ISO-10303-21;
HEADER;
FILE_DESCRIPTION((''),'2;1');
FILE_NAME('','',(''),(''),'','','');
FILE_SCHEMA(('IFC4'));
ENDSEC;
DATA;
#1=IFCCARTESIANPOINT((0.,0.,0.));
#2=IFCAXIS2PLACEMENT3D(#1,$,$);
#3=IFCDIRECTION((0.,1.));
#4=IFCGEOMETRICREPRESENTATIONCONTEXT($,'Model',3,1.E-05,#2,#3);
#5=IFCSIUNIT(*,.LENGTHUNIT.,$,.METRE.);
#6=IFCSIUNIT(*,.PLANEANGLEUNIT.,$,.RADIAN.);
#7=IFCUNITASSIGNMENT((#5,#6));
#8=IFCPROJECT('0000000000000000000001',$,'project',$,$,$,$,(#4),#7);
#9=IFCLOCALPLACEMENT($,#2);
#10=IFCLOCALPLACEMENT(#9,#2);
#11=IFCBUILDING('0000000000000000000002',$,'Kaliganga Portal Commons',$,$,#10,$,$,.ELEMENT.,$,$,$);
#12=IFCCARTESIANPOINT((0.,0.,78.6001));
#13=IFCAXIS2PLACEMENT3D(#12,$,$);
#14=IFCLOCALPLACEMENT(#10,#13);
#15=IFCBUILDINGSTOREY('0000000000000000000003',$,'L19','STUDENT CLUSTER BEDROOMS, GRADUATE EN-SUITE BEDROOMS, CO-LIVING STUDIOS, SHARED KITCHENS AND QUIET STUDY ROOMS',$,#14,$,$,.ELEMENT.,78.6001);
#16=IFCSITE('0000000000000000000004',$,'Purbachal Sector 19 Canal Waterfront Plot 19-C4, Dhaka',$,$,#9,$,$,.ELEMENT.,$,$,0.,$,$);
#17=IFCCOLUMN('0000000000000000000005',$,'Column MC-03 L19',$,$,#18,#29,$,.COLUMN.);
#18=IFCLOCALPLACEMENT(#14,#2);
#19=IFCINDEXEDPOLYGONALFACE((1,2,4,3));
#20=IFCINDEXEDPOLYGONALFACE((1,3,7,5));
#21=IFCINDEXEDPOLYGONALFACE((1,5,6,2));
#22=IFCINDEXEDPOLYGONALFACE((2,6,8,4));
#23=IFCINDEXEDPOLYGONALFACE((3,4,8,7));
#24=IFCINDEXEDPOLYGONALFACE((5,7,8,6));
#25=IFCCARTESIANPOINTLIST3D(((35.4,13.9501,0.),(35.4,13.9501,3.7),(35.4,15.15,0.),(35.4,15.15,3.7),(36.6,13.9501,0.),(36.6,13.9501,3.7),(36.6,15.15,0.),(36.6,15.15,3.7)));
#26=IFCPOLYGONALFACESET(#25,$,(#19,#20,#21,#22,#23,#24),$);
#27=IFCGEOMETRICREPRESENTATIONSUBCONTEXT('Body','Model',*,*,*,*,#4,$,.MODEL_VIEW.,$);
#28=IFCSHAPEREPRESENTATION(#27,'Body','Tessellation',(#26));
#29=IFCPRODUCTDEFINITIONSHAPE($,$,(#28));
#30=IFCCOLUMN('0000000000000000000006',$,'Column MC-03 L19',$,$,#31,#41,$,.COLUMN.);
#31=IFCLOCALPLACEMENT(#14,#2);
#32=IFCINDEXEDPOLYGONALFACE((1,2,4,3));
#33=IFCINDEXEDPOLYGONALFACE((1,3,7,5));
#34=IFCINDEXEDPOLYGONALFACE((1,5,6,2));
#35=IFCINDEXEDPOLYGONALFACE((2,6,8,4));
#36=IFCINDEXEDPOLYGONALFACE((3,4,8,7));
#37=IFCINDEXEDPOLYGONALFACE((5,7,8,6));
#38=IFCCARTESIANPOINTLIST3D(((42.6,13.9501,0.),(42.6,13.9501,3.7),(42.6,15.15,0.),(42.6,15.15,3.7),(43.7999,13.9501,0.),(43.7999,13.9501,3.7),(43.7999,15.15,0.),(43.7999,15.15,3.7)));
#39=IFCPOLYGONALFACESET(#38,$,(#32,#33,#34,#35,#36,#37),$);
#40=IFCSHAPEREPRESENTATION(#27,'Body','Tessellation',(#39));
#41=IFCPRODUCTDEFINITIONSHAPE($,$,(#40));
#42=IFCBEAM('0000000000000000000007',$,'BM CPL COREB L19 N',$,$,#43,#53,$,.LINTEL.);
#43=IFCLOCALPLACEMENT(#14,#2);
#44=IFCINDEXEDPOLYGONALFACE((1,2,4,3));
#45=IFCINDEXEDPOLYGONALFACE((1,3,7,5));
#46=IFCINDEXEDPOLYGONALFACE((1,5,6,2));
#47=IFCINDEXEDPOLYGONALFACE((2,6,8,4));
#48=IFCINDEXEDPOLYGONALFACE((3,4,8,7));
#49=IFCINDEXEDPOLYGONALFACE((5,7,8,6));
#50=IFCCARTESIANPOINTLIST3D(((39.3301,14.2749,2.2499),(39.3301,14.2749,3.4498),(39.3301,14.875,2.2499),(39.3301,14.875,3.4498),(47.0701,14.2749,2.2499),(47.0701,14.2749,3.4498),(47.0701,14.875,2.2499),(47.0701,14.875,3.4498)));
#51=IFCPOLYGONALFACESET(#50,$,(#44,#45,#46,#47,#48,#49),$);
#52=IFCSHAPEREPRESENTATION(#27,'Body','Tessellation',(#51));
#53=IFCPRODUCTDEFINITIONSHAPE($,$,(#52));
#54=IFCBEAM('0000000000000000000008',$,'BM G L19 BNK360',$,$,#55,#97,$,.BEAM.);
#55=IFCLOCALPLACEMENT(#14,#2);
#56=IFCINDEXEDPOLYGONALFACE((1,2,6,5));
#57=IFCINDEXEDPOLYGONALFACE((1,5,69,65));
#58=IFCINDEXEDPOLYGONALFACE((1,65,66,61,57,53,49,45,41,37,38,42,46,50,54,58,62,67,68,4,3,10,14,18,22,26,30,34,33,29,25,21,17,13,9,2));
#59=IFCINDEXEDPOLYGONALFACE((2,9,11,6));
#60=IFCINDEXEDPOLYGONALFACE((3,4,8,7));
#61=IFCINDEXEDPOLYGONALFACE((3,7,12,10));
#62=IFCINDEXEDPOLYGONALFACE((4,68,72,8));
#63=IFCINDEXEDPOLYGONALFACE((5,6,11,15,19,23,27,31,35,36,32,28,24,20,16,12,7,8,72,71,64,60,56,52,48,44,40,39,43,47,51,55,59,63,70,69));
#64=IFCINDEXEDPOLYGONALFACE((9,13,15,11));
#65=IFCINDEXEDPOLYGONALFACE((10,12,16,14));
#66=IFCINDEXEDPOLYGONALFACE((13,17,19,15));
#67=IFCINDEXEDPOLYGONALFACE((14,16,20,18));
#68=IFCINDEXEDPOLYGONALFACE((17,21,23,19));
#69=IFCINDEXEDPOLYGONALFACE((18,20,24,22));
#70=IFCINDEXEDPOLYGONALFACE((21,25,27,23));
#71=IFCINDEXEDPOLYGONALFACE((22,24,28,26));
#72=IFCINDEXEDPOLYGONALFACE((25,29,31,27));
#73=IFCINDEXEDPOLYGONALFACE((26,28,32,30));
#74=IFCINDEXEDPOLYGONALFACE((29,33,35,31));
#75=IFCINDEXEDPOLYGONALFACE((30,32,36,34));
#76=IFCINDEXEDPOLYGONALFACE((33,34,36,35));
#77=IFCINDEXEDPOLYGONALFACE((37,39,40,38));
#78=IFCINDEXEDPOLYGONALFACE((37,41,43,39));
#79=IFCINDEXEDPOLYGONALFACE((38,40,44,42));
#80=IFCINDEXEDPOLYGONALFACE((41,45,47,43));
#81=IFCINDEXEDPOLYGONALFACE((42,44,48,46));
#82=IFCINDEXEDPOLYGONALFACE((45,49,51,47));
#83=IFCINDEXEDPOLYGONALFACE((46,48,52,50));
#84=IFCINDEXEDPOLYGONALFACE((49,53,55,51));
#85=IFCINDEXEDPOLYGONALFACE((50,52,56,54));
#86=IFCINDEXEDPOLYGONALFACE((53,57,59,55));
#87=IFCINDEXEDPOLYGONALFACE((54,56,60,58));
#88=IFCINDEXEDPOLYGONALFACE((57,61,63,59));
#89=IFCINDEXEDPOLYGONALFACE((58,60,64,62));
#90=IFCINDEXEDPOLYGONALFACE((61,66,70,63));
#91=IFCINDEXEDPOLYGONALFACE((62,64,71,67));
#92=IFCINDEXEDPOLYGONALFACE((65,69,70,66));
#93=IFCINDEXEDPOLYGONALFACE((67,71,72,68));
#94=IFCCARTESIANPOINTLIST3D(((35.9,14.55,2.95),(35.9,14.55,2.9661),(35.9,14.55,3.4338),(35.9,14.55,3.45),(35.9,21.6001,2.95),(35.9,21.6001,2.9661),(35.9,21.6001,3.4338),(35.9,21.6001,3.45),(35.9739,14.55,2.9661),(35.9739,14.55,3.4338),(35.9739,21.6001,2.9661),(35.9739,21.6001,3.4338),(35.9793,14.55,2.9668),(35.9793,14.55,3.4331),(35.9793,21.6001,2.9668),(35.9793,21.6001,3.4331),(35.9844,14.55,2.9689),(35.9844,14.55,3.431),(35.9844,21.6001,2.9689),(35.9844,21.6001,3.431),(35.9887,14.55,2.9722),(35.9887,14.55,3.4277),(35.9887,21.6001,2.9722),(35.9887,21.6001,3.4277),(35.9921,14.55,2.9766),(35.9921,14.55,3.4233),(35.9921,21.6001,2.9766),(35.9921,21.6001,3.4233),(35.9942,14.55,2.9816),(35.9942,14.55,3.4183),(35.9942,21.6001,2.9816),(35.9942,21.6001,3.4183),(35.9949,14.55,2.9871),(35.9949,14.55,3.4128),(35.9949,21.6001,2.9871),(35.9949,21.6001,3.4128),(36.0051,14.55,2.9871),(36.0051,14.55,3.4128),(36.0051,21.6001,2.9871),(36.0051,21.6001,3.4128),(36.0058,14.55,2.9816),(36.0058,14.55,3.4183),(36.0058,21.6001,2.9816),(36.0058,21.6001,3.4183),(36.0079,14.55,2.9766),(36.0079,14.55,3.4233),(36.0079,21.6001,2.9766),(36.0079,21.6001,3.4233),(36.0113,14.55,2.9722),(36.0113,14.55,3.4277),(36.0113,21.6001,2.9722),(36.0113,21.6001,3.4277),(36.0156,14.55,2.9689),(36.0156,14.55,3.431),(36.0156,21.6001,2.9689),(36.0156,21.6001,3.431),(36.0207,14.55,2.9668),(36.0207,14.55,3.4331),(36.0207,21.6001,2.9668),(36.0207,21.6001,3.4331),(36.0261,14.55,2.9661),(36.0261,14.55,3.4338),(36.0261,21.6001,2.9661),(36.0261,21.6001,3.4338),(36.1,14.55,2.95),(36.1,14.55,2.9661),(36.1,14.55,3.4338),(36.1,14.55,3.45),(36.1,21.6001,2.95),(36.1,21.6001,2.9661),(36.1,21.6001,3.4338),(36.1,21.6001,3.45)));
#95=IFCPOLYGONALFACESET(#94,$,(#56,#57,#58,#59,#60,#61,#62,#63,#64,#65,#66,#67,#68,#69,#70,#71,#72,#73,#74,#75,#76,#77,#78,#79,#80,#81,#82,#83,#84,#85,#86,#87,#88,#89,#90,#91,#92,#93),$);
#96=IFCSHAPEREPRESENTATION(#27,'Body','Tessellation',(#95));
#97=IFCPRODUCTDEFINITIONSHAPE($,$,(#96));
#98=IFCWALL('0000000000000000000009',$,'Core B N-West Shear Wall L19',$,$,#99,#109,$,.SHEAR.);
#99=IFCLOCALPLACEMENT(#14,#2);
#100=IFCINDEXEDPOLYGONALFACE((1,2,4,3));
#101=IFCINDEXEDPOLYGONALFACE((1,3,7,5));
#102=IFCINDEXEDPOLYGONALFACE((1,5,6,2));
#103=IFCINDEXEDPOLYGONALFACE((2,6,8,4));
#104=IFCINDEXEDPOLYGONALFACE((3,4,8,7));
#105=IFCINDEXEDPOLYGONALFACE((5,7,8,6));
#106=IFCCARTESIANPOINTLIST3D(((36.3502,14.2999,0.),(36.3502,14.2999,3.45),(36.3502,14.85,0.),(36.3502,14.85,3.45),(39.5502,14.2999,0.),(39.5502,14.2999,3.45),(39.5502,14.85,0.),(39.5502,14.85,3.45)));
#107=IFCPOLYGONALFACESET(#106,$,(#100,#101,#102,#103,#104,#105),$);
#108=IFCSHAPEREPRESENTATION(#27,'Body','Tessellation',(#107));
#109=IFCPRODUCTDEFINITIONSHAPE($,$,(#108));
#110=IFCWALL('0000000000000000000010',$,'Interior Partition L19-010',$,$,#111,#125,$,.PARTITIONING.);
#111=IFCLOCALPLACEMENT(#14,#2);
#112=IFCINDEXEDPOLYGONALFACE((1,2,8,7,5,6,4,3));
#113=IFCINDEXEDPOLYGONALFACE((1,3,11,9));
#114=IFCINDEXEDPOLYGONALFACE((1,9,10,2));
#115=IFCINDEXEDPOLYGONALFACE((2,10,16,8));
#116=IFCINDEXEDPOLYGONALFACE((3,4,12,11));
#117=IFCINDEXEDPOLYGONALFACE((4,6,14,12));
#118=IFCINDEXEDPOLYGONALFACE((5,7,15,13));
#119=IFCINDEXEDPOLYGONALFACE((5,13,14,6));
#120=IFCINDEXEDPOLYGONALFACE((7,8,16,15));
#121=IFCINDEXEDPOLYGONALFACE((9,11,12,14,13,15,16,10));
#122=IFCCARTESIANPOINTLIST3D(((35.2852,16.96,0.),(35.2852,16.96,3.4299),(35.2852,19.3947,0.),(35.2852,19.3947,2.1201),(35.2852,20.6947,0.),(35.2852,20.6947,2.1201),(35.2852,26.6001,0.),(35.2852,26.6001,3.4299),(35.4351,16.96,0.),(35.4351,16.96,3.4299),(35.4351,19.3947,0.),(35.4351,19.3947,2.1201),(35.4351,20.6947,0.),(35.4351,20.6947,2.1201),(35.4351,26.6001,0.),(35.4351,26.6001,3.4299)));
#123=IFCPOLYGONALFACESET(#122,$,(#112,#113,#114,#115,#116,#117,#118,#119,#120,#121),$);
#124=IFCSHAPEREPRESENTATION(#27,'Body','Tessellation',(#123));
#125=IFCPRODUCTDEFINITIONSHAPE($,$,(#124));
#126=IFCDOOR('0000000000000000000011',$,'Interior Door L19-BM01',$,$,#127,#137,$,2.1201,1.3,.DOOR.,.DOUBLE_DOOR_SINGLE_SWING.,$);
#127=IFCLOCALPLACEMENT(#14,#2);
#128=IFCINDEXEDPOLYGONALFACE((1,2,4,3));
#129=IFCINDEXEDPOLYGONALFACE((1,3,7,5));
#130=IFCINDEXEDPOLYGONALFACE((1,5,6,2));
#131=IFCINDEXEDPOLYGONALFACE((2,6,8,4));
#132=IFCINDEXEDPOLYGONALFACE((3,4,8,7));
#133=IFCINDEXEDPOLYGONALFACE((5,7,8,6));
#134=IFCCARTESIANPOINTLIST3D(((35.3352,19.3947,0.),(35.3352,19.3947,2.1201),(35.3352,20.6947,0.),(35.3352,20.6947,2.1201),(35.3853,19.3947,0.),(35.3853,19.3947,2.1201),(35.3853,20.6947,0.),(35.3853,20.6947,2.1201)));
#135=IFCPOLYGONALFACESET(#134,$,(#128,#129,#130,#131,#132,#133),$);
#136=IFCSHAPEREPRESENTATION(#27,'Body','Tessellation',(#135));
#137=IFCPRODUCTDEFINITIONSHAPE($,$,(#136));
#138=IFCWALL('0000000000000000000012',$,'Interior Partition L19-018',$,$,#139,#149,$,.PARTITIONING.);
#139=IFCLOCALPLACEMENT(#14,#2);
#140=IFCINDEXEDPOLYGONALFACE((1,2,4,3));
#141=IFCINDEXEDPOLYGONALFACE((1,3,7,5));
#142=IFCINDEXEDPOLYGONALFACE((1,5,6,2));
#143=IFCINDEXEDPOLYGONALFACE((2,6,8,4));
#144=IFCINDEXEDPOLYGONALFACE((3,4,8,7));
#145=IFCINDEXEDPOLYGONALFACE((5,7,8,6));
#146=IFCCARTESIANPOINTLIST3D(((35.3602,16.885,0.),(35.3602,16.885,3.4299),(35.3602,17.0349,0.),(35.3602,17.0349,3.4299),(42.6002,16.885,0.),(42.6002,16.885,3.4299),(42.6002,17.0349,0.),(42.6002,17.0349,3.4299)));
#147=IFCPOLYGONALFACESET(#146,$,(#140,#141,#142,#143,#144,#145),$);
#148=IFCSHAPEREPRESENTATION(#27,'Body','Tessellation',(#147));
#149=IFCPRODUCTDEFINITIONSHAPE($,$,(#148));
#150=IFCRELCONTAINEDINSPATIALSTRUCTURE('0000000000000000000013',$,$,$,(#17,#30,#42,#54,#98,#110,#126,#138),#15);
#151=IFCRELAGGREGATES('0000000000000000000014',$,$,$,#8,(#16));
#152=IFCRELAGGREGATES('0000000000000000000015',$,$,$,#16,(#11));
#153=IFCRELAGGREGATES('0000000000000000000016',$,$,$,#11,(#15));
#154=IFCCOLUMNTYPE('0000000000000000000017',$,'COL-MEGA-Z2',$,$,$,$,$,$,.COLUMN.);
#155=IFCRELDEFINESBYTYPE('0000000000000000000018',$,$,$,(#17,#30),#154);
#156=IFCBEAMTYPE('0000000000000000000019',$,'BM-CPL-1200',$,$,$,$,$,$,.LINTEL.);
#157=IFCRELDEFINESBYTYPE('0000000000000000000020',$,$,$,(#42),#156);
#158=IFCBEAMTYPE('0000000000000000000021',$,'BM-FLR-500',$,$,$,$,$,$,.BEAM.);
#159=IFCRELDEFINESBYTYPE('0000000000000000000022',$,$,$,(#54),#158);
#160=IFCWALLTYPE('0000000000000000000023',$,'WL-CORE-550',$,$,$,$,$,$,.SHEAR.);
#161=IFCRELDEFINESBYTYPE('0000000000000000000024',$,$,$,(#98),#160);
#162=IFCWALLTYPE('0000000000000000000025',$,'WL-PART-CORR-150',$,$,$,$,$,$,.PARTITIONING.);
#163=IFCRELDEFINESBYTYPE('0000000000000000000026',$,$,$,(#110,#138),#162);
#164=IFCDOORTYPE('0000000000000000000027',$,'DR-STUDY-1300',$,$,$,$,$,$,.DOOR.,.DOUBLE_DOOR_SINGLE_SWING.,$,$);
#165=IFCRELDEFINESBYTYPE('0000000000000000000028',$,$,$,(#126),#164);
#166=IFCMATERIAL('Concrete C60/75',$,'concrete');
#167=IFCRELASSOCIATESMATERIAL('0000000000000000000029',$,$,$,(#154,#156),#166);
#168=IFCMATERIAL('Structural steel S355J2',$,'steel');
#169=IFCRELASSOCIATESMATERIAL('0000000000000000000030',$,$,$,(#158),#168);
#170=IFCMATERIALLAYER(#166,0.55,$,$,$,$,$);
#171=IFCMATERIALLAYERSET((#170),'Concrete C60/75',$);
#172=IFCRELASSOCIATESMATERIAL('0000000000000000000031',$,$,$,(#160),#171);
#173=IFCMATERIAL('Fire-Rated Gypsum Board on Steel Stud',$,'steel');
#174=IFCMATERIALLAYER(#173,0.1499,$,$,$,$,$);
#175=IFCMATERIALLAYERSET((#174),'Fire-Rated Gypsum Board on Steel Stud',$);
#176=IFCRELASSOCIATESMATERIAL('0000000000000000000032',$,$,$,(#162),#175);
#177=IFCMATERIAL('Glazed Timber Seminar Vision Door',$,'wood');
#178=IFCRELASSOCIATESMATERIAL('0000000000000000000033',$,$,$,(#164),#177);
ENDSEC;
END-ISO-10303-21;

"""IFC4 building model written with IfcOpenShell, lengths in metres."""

from ifc_helpers import new_model, si_unit, direction, frame, frame_2d, origin, origin_2d, place, context, subcontext, project, spatial, rectangle, i_section, extrude, source, transform, mapped, material, layer, layer_set, material_profile, profile_set, type_object, element, fill, save


model = new_model("IFC4")

# Units and contexts
model_context = context("Model", 3, precision=1e-05, world=origin(), true_north=direction((0.0, 1.0)))
body_context = subcontext(model_context, "Body", "Model", "MODEL_VIEW")
ifc_project = project(units=[si_unit("LENGTHUNIT", "METRE"), si_unit("PLANEANGLEUNIT", "RADIAN")], contexts=[model_context])

# Site, building, storey
site_placement = place(None, origin())
site = spatial("IfcSite", under=ifc_project, at=site_placement, Name="Purbachal Sector 19 Canal Waterfront Plot 19-C4, Dhaka", CompositionType="ELEMENT", RefElevation=0.0)
building_placement = place(site_placement, origin())
building = spatial("IfcBuilding", under=site, at=building_placement, Name="Kaliganga Portal Commons", CompositionType="ELEMENT")
storey_placement = place(building_placement, frame((0.0, 0.0, 78.6001)))
storey = spatial("IfcBuildingStorey", under=building, at=storey_placement, Name="L19", Description="STUDENT CLUSTER BEDROOMS, GRADUATE EN-SUITE BEDROOMS, CO-LIVING STUDIOS, SHARED KITCHENS AND QUIET STUDY ROOMS", CompositionType="ELEMENT", Elevation=78.6001)

# Columns
ifc_material_1 = material(Name="Concrete C60/75", Category="concrete")
ifc_material_profile_1 = material_profile(ifc_material_1, rectangle(XDim=1.2, YDim=1.2, at=origin_2d()), Name="RC 1200x1200")
ifc_profile_set_1 = profile_set([ifc_material_profile_1], Name="Concrete C60/75")
column_type = type_object("IfcColumnType", Name="COL-MEGA-Z2", PredefinedType="COLUMN", material=ifc_profile_set_1)
shared_shape_1 = source(origin(), body_context, "Body", "SweptSolid", [
    extrude(rectangle(XDim=1.2, YDim=1.2, at=origin_2d()), origin(), (0.0, 0.0, 1.0), 3.7),
])
for number, where, z_axis, x_axis, name in (
    (1, (36.0, 14.55, 0.0), (0.0, 0.0, 1.0), (1.0, 0.0, 0.0), "Column MC-03 L19"),
    (2, (43.2, 14.55, 0.0), (0.0, 0.0, 1.0), (1.0, 0.0, 0.0), "Column MC-03 L19"),
):
    element("IfcColumn", number, at=place(storey_placement, frame(where, z_axis=z_axis, x_axis=x_axis)), inside=storey, type_object=column_type, Name=name, PredefinedType="COLUMN", context=body_context, shape_type="MappedRepresentation", body=[
        mapped(shared_shape_1, transform((0.0, 0.0, 0.0), x_axis=(1.0, 0.0, 0.0), y_axis=(0.0, 1.0, 0.0), z_axis=(0.0, 0.0, 1.0), scale=1.0)),
    ])

# Beams
ifc_material_profile_2 = material_profile(ifc_material_1, rectangle(XDim=0.6001, YDim=1.2, at=origin_2d()), Name="RC 600x1200")
ifc_profile_set_2 = profile_set([ifc_material_profile_2], Name="Concrete C60/75")
beam_type_1 = type_object("IfcBeamType", Name="BM-CPL-1200", PredefinedType="LINTEL", material=ifc_profile_set_2)
shared_shape_2 = source(origin(), body_context, "Body", "SweptSolid", [
    extrude(rectangle(XDim=0.6001, YDim=1.2, at=origin_2d()), origin(), (0.0, 0.0, 1.0), 7.74),
])
beam_1_placement = place(storey_placement, frame((39.3301, 14.575, 2.8499), z_axis=(1.0, 0.0, 0.0), x_axis=(0.0, 1.0, 0.0)))
element("IfcBeam", 3, at=beam_1_placement, inside=storey, type_object=beam_type_1, Name="BM CPL COREB L19 N", PredefinedType="LINTEL", context=body_context, shape_type="MappedRepresentation", body=[
    mapped(shared_shape_2, transform((0.0, 0.0, 0.0), x_axis=(1.0, 0.0, 0.0), y_axis=(0.0, 1.0, 0.0), z_axis=(0.0, 0.0, 1.0), scale=1.0)),
])
ifc_material_2 = material(Name="Structural steel S355J2", Category="steel")
ifc_material_profile_3 = material_profile(ifc_material_2, i_section(OverallWidth=0.2, OverallDepth=0.5, WebThickness=0.0103, FlangeThickness=0.0161, FilletRadius=0.021, at=origin_2d()), Name="IPE 500")
ifc_profile_set_3 = profile_set([ifc_material_profile_3], Name="Structural steel S355J2 wide-flange")
beam_type_2 = type_object("IfcBeamType", Name="BM-FLR-500", PredefinedType="BEAM", material=ifc_profile_set_3)
shared_shape_3 = source(origin(), body_context, "Body", "SweptSolid", [
    extrude(i_section(OverallWidth=0.2, OverallDepth=0.5, WebThickness=0.0103, FlangeThickness=0.0161, FilletRadius=0.021, at=origin_2d()), origin(), (0.0, 0.0, 1.0), 7.05),
])
beam_2_placement = place(storey_placement, frame((36.0, 14.55, 3.2), z_axis=(0.0, 1.0, 0.0), x_axis=(-1.0, 0.0, 0.0)))
element("IfcBeam", 4, at=beam_2_placement, inside=storey, type_object=beam_type_2, Name="BM G L19 BNK360", PredefinedType="BEAM", context=body_context, shape_type="MappedRepresentation", body=[
    mapped(shared_shape_3, transform((0.0, 0.0, 0.0), x_axis=(1.0, 0.0, 0.0), y_axis=(0.0, 1.0, 0.0), z_axis=(0.0, 0.0, 1.0), scale=1.0)),
])

# Wall
ifc_layer_1 = layer(ifc_material_1, 0.55)
ifc_layer_set_1 = layer_set([ifc_layer_1], Name="Concrete C60/75")
wall_type_1 = type_object("IfcWallType", Name="WL-CORE-550", PredefinedType="SHEAR", material=ifc_layer_set_1)
wall_1_placement = place(storey_placement, frame((36.3501, 14.575, 0.0), z_axis=(0.0, 0.0, 1.0), x_axis=(1.0, 0.0, 0.0)))
element("IfcWall", 5, at=wall_1_placement, inside=storey, type_object=wall_type_1, Name="Core B N-West Shear Wall L19", PredefinedType="SHEAR", context=body_context, shape_type="SweptSolid", body=[
    extrude(rectangle(XDim=3.2, YDim=0.55, at=frame_2d((1.6001, 0.0))), origin(), (0.0, 0.0, 1.0), 3.45),
])

# Wall, opening, door
ifc_material_3 = material(Name="Fire-Rated Gypsum Board on Steel Stud", Category="steel")
ifc_layer_2 = layer(ifc_material_3, 0.1499)
ifc_layer_set_2 = layer_set([ifc_layer_2], Name="Fire-Rated Gypsum Board on Steel Stud")
wall_type_2 = type_object("IfcWallType", Name="WL-PART-CORR-150", PredefinedType="PARTITIONING", material=ifc_layer_set_2)
wall_2_placement = place(storey_placement, frame((35.3601, 16.96, 0.0), z_axis=(0.0, 0.0, 1.0), x_axis=(0.0, 1.0, 0.0)))
wall_2 = element("IfcWall", 6, at=wall_2_placement, inside=storey, type_object=wall_type_2, Name="Interior Partition L19-010", PredefinedType="PARTITIONING", context=body_context, shape_type="SweptSolid", body=[
    extrude(rectangle(XDim=9.6401, YDim=0.1499, at=frame_2d((4.8201, 0.0))), origin(), (0.0, 0.0, 1.0), 3.4299),
])
opening_1_placement = place(wall_2_placement, frame((2.4348, 0.0, 0.0)))
opening_1 = element("IfcOpeningElement", 7, at=opening_1_placement, cuts=wall_2, PredefinedType="OPENING", context=body_context, shape_type="SweptSolid", body=[
    extrude(rectangle(XDim=1.3, YDim=2.1201, at=frame_2d((0.6499, 1.0601))), frame((0.0, 0.085, 0.0), z_axis=(0.0, -1.0, 0.0), x_axis=(1.0, 0.0, 0.0)), (0.0, 0.0, 1.0), 0.1699),
])
ifc_material_4 = material(Name="Glazed Timber Seminar Vision Door", Category="wood")
door_type_1 = type_object("IfcDoorType", Name="DR-STUDY-1300", OperationType="DOUBLE_DOOR_SINGLE_SWING", PredefinedType="DOOR", material=ifc_material_4)
door_1_placement = place(opening_1_placement, origin())
door_1 = element("IfcDoor", 8, at=door_1_placement, inside=storey, type_object=door_type_1, Name="Interior Door L19-BM01", OperationType="DOUBLE_DOOR_SINGLE_SWING", OverallHeight=2.1201, OverallWidth=1.3, PredefinedType="DOOR", context=body_context, shape_type="SweptSolid", body=[
    extrude(rectangle(XDim=1.3, YDim=2.1201, at=frame_2d((0.6499, 1.0601))), frame((0.0, 0.0249, 0.0), z_axis=(0.0, -1.0, 0.0), x_axis=(1.0, 0.0, 0.0)), (0.0, 0.0, 1.0), 0.05),
])
fill(opening_1, door_1)

# Wall
wall_3_placement = place(storey_placement, frame((35.3601, 16.96, 0.0), z_axis=(0.0, 0.0, 1.0), x_axis=(1.0, 0.0, 0.0)))
element("IfcWall", 9, at=wall_3_placement, inside=storey, type_object=wall_type_2, Name="Interior Partition L19-018", PredefinedType="PARTITIONING", context=body_context, shape_type="SweptSolid", body=[
    extrude(rectangle(XDim=7.24, YDim=0.1499, at=frame_2d((3.6201, 0.0))), origin(), (0.0, 0.0, 1.0), 3.4299),
])

save(model, "model.ifc")
